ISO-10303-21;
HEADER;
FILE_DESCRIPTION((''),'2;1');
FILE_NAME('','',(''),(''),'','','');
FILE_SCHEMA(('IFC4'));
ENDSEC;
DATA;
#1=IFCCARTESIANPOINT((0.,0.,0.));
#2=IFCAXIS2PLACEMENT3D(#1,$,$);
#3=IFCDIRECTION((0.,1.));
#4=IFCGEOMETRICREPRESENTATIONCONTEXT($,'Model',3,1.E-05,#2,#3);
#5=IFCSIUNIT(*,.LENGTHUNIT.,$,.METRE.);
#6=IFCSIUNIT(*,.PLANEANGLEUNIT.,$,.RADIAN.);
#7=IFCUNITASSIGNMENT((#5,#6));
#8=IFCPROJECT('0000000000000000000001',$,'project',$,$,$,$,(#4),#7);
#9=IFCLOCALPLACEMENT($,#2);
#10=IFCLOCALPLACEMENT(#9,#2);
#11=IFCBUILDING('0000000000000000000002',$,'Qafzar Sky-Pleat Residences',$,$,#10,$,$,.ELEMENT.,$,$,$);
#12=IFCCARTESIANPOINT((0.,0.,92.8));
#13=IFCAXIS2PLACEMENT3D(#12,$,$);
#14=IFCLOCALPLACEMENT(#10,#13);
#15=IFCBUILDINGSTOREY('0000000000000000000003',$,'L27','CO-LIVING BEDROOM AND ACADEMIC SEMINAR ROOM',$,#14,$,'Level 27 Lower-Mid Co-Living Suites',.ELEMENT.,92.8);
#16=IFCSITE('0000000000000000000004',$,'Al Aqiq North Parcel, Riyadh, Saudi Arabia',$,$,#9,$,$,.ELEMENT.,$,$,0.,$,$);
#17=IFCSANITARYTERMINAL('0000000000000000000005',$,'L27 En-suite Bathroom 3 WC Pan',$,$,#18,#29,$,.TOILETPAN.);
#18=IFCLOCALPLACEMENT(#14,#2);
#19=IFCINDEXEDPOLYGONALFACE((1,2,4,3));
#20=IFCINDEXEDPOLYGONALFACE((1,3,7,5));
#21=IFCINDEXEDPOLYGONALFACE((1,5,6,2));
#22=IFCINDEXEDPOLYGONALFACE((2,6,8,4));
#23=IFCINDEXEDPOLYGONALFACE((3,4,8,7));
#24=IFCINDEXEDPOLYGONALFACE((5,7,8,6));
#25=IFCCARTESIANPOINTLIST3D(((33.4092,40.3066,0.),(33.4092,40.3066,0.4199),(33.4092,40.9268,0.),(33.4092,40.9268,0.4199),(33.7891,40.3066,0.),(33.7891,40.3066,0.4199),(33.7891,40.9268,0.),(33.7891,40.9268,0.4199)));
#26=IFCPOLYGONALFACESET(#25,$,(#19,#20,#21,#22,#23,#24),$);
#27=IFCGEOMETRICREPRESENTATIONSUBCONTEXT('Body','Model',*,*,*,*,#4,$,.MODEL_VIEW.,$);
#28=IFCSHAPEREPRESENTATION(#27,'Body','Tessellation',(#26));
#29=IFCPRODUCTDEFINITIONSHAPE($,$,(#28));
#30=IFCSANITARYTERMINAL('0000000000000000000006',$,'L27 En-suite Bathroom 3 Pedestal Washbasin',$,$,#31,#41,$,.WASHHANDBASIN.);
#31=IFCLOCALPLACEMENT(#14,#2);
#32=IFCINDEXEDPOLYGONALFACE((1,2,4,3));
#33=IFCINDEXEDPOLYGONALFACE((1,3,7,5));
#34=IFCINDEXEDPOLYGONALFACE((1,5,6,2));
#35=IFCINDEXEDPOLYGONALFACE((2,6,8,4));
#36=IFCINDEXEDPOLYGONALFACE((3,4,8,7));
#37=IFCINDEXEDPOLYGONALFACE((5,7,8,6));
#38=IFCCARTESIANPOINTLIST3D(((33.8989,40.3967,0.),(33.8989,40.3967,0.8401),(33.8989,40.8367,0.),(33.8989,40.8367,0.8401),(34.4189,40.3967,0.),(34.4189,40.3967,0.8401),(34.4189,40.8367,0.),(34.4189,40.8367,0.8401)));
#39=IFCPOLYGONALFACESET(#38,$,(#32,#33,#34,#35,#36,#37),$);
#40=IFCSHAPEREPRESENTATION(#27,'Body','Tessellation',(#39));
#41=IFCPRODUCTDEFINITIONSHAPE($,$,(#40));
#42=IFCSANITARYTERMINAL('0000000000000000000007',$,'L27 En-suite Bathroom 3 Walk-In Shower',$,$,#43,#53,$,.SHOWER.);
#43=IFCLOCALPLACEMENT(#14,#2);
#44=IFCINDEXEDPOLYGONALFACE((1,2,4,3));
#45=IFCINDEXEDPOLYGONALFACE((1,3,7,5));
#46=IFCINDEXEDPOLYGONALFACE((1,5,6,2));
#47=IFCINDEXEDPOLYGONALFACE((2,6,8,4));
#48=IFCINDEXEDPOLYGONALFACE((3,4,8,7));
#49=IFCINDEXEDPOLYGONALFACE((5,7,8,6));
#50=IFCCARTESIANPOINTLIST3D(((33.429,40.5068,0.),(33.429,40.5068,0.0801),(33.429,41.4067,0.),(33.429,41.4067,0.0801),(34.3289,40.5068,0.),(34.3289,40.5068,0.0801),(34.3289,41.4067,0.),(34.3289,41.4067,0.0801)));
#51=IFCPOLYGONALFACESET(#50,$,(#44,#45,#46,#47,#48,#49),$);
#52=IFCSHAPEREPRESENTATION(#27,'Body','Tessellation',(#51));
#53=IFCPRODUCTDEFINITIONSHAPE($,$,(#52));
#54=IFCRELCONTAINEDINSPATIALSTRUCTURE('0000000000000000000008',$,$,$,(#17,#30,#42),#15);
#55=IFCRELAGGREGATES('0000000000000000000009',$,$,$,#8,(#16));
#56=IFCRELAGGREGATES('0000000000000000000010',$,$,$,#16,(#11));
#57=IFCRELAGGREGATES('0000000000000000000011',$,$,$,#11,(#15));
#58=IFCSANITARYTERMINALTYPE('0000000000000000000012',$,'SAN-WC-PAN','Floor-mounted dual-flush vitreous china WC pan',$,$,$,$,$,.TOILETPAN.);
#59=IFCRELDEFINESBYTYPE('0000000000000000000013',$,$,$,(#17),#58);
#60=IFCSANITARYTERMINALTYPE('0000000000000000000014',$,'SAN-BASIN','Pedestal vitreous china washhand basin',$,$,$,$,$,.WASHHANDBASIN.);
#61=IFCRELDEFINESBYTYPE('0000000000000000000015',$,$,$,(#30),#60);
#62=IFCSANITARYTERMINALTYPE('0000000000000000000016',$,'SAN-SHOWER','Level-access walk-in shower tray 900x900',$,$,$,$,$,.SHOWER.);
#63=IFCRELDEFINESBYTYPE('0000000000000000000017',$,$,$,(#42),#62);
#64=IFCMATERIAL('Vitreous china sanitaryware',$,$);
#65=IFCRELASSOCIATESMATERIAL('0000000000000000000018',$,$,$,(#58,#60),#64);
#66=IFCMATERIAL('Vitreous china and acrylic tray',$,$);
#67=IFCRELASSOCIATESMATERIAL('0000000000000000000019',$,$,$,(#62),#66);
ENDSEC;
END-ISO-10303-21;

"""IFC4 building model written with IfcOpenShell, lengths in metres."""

from ifc_helpers import new_model, si_unit, direction, frame, origin, origin_2d, place, context, subcontext, project, spatial, rectangle, extrude, source, transform, mapped, material, type_object, element, save


model = new_model("IFC4")

# Units and contexts
model_context = context("Model", 3, precision=1e-05, world=origin(), true_north=direction((0.0, 1.0)))
body_context = subcontext(model_context, "Body", "Model", "MODEL_VIEW")
ifc_project = project(units=[si_unit("LENGTHUNIT", "METRE"), si_unit("PLANEANGLEUNIT", "RADIAN")], contexts=[model_context])

# Site, building, storey
site_placement = place(None, origin())
site = spatial("IfcSite", under=ifc_project, at=site_placement, Name="Al Aqiq North Parcel, Riyadh, Saudi Arabia", CompositionType="ELEMENT", RefElevation=0.0)
building_placement = place(site_placement, origin())
building = spatial("IfcBuilding", under=site, at=building_placement, Name="Qafzar Sky-Pleat Residences", CompositionType="ELEMENT")
storey_placement = place(building_placement, frame((0.0, 0.0, 92.8)))
storey = spatial("IfcBuildingStorey", under=building, at=storey_placement, Name="L27", Description="CO-LIVING BEDROOM AND ACADEMIC SEMINAR ROOM", LongName="Level 27 Lower-Mid Co-Living Suites", CompositionType="ELEMENT", Elevation=92.8)

# Sanitary terminals
ifc_material_1 = material(Name="Vitreous china sanitaryware")
sanitary_terminal_type_1 = type_object("IfcSanitaryTerminalType", Name="SAN-WC-PAN", Description="Floor-mounted dual-flush vitreous china WC pan", PredefinedType="TOILETPAN", material=ifc_material_1)
shared_shape_1 = source(origin(), body_context, "Body", "SweptSolid", [
    extrude(rectangle(XDim=0.3799, YDim=0.6201, at=origin_2d()), origin(), (0.0, 0.0, 1.0), 0.4199),
])
sanitary_terminal_1_placement = place(storey_placement, frame((33.5991, 40.6167, 0.0), z_axis=(0.0, 0.0, 1.0), x_axis=(1.0, 0.0, 0.0)))
element("IfcSanitaryTerminal", 1, at=sanitary_terminal_1_placement, inside=storey, type_object=sanitary_terminal_type_1, Name="L27 En-suite Bathroom 3 WC Pan", PredefinedType="TOILETPAN", context=body_context, shape_type="MappedRepresentation", body=[
    mapped(shared_shape_1, transform((0.0, 0.0, 0.0), x_axis=(1.0, 0.0, 0.0), y_axis=(0.0, 1.0, 0.0), z_axis=(0.0, 0.0, 1.0), scale=1.0)),
])
sanitary_terminal_type_2 = type_object("IfcSanitaryTerminalType", Name="SAN-BASIN", Description="Pedestal vitreous china washhand basin", PredefinedType="WASHHANDBASIN", material=ifc_material_1)
shared_shape_2 = source(origin(), body_context, "Body", "SweptSolid", [
    extrude(rectangle(XDim=0.52, YDim=0.4399, at=origin_2d()), origin(), (0.0, 0.0, 1.0), 0.8401),
])
sanitary_terminal_2_placement = place(storey_placement, frame((34.1589, 40.6167, 0.0), z_axis=(0.0, 0.0, 1.0), x_axis=(1.0, 0.0, 0.0)))
element("IfcSanitaryTerminal", 2, at=sanitary_terminal_2_placement, inside=storey, type_object=sanitary_terminal_type_2, Name="L27 En-suite Bathroom 3 Pedestal Washbasin", PredefinedType="WASHHANDBASIN", context=body_context, shape_type="MappedRepresentation", body=[
    mapped(shared_shape_2, transform((0.0, 0.0, 0.0), x_axis=(1.0, 0.0, 0.0), y_axis=(0.0, 1.0, 0.0), z_axis=(0.0, 0.0, 1.0), scale=1.0)),
])
ifc_material_2 = material(Name="Vitreous china and acrylic tray")
sanitary_terminal_type_3 = type_object("IfcSanitaryTerminalType", Name="SAN-SHOWER", Description="Level-access walk-in shower tray 900x900", PredefinedType="SHOWER", material=ifc_material_2)
shared_shape_3 = source(origin(), body_context, "Body", "SweptSolid", [
    extrude(rectangle(XDim=0.8999, YDim=0.8999, at=origin_2d()), origin(), (0.0, 0.0, 1.0), 0.0801),
])
sanitary_terminal_3_placement = place(storey_placement, frame((33.8789, 40.9568, 0.0), z_axis=(0.0, 0.0, 1.0), x_axis=(1.0, 0.0, 0.0)))
element("IfcSanitaryTerminal", 3, at=sanitary_terminal_3_placement, inside=storey, type_object=sanitary_terminal_type_3, Name="L27 En-suite Bathroom 3 Walk-In Shower", PredefinedType="SHOWER", context=body_context, shape_type="MappedRepresentation", body=[
    mapped(shared_shape_3, transform((0.0, 0.0, 0.0), x_axis=(1.0, 0.0, 0.0), y_axis=(0.0, 1.0, 0.0), z_axis=(0.0, 0.0, 1.0), scale=1.0)),
])

save(model, "model.ifc")
